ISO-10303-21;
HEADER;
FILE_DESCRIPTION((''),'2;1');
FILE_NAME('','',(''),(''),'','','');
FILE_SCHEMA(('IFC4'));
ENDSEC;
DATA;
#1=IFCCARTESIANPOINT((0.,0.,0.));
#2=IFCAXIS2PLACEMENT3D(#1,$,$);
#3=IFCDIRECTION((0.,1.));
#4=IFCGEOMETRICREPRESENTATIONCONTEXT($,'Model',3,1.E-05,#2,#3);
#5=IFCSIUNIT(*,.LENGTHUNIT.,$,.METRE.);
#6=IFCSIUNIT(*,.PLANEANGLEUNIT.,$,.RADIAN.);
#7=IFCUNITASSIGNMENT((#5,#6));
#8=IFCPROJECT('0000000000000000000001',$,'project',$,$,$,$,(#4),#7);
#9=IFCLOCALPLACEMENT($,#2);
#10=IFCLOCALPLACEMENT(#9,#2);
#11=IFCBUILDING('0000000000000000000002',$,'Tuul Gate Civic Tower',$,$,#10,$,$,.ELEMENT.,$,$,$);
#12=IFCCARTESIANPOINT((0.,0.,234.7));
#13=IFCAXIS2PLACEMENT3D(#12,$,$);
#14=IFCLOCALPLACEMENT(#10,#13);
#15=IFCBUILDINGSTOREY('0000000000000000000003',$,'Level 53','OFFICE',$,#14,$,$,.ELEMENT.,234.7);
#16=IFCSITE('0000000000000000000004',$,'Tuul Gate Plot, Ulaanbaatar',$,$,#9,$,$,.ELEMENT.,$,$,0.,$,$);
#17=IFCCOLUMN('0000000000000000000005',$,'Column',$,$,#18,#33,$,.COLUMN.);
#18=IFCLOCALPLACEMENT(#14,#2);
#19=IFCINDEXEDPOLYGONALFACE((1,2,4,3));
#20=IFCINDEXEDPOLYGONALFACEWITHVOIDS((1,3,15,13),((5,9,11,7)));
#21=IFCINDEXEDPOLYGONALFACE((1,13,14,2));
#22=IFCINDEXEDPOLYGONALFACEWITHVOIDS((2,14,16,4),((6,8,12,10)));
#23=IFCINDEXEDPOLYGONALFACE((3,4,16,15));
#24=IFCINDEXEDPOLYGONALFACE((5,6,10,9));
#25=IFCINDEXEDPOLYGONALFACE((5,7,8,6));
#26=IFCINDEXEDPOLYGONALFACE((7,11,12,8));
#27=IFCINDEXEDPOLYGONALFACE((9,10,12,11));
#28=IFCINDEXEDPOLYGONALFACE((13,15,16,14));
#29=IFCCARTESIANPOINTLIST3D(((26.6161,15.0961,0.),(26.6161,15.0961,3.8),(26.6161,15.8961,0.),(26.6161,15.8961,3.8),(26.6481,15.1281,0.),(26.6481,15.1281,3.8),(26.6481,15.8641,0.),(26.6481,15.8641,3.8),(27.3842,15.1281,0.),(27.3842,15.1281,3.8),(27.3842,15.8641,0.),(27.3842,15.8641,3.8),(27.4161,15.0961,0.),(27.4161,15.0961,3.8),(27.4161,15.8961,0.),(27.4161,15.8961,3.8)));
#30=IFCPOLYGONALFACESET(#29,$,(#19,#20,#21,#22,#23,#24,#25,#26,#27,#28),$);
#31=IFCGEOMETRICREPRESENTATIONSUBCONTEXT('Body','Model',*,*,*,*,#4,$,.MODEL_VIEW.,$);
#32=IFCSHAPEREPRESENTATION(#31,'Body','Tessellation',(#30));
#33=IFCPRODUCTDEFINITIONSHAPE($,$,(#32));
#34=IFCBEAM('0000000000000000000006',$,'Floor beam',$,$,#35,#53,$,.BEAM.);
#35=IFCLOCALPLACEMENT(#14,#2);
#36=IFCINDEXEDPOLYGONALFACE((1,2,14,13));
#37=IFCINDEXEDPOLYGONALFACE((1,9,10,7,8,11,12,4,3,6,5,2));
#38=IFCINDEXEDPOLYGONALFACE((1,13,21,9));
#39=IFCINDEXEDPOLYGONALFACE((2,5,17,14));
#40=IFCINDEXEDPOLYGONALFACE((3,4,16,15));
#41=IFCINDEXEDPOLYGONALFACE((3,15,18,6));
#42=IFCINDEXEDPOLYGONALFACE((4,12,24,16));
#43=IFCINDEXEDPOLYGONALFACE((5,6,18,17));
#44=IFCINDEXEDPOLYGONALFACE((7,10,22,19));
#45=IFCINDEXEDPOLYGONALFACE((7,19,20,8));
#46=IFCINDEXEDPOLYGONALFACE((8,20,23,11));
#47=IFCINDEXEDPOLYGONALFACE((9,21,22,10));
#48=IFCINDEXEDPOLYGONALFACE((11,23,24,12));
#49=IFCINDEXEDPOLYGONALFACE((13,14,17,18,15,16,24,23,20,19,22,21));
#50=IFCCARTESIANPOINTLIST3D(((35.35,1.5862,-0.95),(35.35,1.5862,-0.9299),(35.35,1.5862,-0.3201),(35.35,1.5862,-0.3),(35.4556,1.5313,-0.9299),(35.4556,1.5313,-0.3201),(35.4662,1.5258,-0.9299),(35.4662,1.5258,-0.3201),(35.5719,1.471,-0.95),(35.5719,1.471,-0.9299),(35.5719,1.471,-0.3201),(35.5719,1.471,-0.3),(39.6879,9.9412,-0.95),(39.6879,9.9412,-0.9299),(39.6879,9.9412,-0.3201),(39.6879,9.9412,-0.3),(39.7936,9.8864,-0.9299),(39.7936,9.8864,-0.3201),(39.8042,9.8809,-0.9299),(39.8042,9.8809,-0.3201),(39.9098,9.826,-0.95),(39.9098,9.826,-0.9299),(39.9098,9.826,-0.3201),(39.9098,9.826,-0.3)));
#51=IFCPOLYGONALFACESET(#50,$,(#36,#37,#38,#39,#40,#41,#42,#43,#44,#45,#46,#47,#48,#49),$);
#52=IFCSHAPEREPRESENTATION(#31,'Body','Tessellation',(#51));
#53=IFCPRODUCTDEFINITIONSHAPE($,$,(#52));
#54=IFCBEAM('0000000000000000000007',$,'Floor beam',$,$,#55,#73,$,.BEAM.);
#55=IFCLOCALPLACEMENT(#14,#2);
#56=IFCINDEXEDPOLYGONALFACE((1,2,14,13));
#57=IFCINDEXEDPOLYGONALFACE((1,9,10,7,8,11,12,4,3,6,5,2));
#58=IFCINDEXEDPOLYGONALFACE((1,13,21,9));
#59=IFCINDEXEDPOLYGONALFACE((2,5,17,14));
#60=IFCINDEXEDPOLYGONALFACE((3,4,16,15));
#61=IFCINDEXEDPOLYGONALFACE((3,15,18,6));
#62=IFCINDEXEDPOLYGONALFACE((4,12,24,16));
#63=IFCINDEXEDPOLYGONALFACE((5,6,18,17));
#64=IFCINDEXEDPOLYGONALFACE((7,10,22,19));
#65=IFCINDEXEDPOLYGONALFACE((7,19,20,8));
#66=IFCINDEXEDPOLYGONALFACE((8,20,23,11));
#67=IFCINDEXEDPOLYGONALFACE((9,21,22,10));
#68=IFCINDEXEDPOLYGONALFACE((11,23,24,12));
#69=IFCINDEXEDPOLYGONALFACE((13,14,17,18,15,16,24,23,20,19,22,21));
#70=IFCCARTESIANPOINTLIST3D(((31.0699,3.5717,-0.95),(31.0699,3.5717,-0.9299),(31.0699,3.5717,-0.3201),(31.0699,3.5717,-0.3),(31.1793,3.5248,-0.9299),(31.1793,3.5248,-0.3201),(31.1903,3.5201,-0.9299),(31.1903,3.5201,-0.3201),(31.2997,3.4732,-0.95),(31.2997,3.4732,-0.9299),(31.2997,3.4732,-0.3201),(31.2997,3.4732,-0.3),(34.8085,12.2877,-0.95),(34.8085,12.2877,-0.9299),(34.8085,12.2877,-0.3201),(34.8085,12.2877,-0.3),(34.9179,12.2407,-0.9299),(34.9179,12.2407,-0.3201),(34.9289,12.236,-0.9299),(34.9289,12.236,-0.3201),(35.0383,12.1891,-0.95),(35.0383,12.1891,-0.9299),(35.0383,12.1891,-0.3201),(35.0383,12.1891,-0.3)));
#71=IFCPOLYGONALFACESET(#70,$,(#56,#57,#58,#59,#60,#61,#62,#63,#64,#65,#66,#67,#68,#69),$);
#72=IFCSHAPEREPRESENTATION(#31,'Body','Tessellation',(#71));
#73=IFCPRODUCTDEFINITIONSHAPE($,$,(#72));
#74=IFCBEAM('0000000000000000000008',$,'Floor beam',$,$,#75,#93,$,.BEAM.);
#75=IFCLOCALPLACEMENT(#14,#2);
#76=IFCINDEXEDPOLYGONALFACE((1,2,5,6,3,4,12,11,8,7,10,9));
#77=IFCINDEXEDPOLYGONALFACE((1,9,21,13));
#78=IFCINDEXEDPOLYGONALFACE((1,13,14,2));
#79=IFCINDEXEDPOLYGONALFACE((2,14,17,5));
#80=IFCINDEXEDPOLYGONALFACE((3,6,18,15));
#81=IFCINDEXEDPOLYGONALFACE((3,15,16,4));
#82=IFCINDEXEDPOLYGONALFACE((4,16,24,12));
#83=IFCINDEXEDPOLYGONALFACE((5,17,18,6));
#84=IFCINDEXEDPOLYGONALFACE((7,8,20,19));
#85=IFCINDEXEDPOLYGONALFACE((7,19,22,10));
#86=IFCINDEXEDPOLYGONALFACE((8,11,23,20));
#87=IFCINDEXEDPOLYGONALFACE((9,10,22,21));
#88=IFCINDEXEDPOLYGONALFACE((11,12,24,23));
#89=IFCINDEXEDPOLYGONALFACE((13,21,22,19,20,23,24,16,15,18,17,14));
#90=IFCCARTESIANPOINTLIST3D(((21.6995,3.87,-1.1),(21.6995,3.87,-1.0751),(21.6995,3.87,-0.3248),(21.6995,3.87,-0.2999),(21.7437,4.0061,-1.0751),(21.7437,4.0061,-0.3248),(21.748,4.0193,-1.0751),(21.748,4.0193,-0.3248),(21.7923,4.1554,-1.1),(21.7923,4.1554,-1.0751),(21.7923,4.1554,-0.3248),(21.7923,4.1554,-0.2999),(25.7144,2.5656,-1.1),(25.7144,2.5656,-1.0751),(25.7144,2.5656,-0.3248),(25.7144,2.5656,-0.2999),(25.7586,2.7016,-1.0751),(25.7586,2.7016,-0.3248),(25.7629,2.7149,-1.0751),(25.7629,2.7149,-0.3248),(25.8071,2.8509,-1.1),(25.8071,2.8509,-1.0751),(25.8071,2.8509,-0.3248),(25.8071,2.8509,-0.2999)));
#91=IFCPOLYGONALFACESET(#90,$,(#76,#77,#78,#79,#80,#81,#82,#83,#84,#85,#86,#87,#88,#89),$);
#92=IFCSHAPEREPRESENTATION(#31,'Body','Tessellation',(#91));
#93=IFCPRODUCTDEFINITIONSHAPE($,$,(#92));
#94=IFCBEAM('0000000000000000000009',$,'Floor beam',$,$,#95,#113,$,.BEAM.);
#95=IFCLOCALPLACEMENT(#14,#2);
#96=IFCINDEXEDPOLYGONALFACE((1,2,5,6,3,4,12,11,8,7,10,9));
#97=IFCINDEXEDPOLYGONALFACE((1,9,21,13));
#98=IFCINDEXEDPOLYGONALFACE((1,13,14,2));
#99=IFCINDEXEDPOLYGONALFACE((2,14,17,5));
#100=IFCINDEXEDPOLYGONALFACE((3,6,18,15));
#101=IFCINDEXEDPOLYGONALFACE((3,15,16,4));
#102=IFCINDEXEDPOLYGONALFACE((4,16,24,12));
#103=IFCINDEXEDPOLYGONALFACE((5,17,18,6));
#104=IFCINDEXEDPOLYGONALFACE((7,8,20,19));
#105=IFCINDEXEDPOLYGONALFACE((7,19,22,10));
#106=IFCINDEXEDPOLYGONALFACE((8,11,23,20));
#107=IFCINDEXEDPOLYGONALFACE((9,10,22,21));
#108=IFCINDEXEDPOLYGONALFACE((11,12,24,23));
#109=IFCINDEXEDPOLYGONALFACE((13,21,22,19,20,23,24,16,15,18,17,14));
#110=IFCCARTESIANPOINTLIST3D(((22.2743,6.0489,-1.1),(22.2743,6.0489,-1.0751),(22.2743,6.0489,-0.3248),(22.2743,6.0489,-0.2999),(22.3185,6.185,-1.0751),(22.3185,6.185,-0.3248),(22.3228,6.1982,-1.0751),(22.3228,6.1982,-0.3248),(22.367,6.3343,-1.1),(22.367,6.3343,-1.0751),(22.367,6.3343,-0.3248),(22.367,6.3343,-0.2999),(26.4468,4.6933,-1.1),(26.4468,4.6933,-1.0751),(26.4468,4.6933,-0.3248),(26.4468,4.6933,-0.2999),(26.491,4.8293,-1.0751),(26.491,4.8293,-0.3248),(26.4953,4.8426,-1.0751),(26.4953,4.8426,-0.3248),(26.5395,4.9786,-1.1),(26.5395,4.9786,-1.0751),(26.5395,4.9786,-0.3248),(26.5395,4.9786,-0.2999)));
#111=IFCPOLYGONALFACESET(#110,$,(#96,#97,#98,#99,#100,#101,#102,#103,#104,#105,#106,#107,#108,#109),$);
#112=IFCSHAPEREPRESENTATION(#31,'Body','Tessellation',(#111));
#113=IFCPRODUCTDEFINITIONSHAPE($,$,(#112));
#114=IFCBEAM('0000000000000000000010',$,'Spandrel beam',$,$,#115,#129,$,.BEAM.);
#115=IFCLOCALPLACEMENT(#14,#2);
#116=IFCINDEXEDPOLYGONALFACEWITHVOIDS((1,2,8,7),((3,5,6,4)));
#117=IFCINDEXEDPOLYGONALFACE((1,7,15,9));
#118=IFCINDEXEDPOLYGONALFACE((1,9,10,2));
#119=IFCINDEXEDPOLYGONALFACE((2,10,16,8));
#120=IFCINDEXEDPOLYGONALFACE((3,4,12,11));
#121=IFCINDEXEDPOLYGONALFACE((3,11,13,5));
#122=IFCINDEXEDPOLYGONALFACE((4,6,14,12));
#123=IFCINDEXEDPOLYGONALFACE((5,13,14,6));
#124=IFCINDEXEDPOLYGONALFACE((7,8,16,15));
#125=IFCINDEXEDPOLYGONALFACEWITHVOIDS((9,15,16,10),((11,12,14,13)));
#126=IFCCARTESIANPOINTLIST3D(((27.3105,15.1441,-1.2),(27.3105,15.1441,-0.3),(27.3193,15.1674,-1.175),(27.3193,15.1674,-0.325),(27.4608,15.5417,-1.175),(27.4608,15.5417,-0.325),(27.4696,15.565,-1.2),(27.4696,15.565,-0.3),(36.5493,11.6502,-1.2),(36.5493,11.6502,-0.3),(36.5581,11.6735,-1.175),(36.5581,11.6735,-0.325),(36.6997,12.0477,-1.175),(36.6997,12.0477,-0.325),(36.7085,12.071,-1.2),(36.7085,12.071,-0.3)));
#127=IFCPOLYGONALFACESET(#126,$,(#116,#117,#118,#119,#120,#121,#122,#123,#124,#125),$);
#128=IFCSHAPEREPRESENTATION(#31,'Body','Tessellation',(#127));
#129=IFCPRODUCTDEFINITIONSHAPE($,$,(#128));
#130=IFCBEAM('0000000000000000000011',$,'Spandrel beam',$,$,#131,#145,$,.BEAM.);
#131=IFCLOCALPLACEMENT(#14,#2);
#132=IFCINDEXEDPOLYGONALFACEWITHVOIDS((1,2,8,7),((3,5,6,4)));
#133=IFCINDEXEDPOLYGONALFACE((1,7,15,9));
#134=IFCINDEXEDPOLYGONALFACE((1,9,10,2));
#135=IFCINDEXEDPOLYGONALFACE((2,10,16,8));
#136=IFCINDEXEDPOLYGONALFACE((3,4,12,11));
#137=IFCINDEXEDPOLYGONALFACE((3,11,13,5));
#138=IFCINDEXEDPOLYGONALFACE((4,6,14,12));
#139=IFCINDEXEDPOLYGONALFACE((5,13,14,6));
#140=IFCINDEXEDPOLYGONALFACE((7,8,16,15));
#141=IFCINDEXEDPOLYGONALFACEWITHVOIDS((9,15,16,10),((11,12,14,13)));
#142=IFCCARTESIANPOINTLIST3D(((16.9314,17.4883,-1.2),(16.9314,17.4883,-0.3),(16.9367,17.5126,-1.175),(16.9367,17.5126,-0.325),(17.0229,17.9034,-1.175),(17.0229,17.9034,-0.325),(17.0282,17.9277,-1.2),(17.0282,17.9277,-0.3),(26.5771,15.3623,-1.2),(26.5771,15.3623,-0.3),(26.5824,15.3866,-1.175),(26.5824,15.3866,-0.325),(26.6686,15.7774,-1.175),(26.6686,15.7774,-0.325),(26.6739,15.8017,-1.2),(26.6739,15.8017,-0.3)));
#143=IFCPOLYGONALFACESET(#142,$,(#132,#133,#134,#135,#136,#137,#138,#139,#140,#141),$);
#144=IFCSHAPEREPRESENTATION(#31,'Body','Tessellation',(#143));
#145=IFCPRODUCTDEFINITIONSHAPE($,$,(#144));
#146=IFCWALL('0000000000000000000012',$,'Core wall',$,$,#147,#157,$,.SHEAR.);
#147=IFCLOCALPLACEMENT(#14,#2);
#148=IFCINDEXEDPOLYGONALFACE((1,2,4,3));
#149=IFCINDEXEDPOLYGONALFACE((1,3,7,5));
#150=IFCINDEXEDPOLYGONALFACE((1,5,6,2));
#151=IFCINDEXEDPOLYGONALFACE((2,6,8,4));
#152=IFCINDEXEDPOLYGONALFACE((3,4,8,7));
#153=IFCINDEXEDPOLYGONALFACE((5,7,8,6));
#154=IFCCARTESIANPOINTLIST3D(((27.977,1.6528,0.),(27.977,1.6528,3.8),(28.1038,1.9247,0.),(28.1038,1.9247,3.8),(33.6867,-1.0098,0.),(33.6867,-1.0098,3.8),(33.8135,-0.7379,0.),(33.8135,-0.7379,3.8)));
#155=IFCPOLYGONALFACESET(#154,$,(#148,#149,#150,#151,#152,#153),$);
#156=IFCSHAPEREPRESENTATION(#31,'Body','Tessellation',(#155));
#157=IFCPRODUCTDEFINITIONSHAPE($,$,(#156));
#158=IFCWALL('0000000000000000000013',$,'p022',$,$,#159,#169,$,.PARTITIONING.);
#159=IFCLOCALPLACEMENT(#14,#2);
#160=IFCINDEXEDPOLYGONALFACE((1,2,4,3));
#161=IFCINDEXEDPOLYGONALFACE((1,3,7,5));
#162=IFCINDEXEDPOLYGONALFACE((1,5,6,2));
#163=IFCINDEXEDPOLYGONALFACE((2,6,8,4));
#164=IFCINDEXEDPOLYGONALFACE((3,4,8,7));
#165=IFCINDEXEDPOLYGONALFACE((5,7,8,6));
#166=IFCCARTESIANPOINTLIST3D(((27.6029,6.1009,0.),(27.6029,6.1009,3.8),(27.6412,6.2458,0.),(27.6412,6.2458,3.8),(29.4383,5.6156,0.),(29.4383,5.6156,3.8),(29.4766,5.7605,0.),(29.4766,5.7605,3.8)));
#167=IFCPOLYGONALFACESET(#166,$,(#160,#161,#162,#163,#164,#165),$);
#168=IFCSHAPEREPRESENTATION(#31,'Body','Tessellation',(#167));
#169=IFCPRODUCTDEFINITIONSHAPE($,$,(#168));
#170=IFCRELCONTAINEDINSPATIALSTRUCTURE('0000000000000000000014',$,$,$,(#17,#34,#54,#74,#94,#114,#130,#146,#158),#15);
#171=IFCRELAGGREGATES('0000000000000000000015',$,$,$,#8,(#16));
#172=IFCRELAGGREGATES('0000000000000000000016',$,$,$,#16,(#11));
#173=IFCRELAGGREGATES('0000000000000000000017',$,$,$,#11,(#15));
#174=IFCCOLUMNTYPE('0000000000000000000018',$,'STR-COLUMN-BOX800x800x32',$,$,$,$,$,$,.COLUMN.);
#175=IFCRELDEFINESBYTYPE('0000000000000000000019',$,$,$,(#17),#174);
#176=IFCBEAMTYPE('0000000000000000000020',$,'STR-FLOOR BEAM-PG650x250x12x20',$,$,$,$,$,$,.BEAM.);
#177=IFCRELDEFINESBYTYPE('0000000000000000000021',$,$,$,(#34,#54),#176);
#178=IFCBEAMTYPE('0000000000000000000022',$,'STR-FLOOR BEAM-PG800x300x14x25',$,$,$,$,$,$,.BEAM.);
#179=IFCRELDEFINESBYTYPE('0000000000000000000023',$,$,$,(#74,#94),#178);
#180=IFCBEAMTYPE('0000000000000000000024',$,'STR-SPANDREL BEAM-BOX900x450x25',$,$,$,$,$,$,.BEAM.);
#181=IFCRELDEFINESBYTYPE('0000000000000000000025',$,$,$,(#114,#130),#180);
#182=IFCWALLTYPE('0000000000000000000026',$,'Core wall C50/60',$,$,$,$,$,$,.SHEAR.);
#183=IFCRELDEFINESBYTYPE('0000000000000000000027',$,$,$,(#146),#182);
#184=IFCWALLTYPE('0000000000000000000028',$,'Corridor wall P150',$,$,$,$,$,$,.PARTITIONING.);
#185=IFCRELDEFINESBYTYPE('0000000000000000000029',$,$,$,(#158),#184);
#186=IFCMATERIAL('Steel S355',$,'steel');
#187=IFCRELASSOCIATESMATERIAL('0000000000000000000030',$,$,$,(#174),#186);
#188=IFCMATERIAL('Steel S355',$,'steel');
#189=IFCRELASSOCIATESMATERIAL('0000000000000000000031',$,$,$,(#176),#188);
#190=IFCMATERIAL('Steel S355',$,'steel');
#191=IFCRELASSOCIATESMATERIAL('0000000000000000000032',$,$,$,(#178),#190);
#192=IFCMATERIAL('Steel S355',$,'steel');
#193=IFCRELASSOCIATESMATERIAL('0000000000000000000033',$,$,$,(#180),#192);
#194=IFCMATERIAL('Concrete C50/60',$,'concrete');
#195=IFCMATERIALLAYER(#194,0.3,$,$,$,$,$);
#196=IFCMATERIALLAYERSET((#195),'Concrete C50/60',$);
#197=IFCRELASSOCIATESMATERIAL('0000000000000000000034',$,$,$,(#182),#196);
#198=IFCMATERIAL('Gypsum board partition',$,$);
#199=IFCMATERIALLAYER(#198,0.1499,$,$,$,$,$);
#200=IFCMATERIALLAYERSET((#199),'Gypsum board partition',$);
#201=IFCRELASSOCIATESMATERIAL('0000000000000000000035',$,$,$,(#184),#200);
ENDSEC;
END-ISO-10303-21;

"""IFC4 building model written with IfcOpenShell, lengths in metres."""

from ifc_helpers import new_model, si_unit, direction, frame, frame_2d, origin, origin_2d, place, context, subcontext, project, spatial, rectangle, hollow_rectangle, i_section, extrude, material, layer, layer_set, material_profile, profile_set, type_object, element, save


model = new_model("IFC4")

# Units and contexts
model_context = context("Model", 3, precision=1e-05, world=origin(), true_north=direction((0.0, 1.0)))
body_context = subcontext(model_context, "Body", "Model", "MODEL_VIEW")
ifc_project = project(units=[si_unit("LENGTHUNIT", "METRE"), si_unit("PLANEANGLEUNIT", "RADIAN")], contexts=[model_context])

# Site, building, storey
site_placement = place(None, origin())
site = spatial("IfcSite", under=ifc_project, at=site_placement, Name="Tuul Gate Plot, Ulaanbaatar", CompositionType="ELEMENT", RefElevation=0.0)
building_placement = place(site_placement, origin())
building = spatial("IfcBuilding", under=site, at=building_placement, Name="Tuul Gate Civic Tower", CompositionType="ELEMENT")
storey_placement = place(building_placement, frame((0.0, 0.0, 234.7)))
storey = spatial("IfcBuildingStorey", under=building, at=storey_placement, Name="Level 53", Description="OFFICE", CompositionType="ELEMENT", Elevation=234.7)

# Column
ifc_material_1 = material(Name="Steel S355", Category="steel")
ifc_material_profile_1 = material_profile(ifc_material_1, hollow_rectangle(XDim=0.8, YDim=0.8, WallThickness=0.032, at=origin_2d()), Name="BOX800x800x32")
ifc_profile_set_1 = profile_set([ifc_material_profile_1], Name="Steel S355")
column_type = type_object("IfcColumnType", Name="STR-COLUMN-BOX800x800x32", PredefinedType="COLUMN", material=ifc_profile_set_1)
column_placement = place(storey_placement, frame((27.0161, 15.4961, 0.0), z_axis=(0.0, 0.0, 1.0), x_axis=(1.0, 0.0, 0.0)))
element("IfcColumn", 1, at=column_placement, inside=storey, type_object=column_type, Name="Column", PredefinedType="COLUMN", context=body_context, shape_type="SweptSolid", body=[
    extrude(hollow_rectangle(XDim=0.8, YDim=0.8, WallThickness=0.032, at=origin_2d()), origin(), (0.0, 0.0, 1.0), 3.8),
])

# Beams
ifc_material_2 = material(Name="Steel S355", Category="steel")
ifc_material_profile_2 = material_profile(ifc_material_2, i_section(OverallWidth=0.25, OverallDepth=0.6499, WebThickness=0.012, FlangeThickness=0.02, at=origin_2d()), Name="PG650x250x12x20")
ifc_profile_set_2 = profile_set([ifc_material_profile_2], Name="Steel S355")
beam_type_1 = type_object("IfcBeamType", Name="STR-FLOOR BEAM-PG650x250x12x20", PredefinedType="BEAM", material=ifc_profile_set_2)
beam_1_placement = place(storey_placement, frame((35.4609, 1.5286, -0.625), z_axis=(0.460792, 0.887508, 0.0), x_axis=(-0.887508, 0.460792, 0.0)))
element("IfcBeam", 2, at=beam_1_placement, inside=storey, type_object=beam_type_1, Name="Floor beam", PredefinedType="BEAM", context=body_context, shape_type="SweptSolid", body=[
    extrude(i_section(OverallWidth=0.25, OverallDepth=0.6499, WebThickness=0.012, FlangeThickness=0.02, at=origin_2d()), origin(), (0.0, 0.0, 1.0), 9.4141),
])
beam_2_placement = place(storey_placement, frame((31.1848, 3.5225, -0.625), z_axis=(0.394202, 0.919024, 0.0), x_axis=(-0.919024, 0.394202, 0.0)))
element("IfcBeam", 3, at=beam_2_placement, inside=storey, type_object=beam_type_1, Name="Floor beam", PredefinedType="BEAM", context=body_context, shape_type="SweptSolid", body=[
    extrude(i_section(OverallWidth=0.25, OverallDepth=0.6499, WebThickness=0.012, FlangeThickness=0.02, at=origin_2d()), origin(), (0.0, 0.0, 1.0), 9.4839),
])
ifc_material_3 = material(Name="Steel S355", Category="steel")
ifc_material_profile_3 = material_profile(ifc_material_3, i_section(OverallWidth=0.3, OverallDepth=0.8, WebThickness=0.0139, FlangeThickness=0.0249, at=origin_2d()), Name="PG800x300x14x25")
ifc_profile_set_3 = profile_set([ifc_material_profile_3], Name="Steel S355")
beam_type_2 = type_object("IfcBeamType", Name="STR-FLOOR BEAM-PG800x300x14x25", PredefinedType="BEAM", material=ifc_profile_set_3)
beam_3_placement = place(storey_placement, frame((25.7607, 2.7083, -0.7), z_axis=(-0.951062, 0.309001, 0.0), x_axis=(-0.309001, -0.951062, 0.0)))
element("IfcBeam", 4, at=beam_3_placement, inside=storey, type_object=beam_type_2, Name="Floor beam", PredefinedType="BEAM", context=body_context, shape_type="SweptSolid", body=[
    extrude(i_section(OverallWidth=0.3, OverallDepth=0.8, WebThickness=0.0139, FlangeThickness=0.0249, at=origin_2d()), origin(), (0.0, 0.0, 1.0), 4.2214),
])
beam_4_placement = place(storey_placement, frame((26.4932, 4.8359, -0.7), z_axis=(-0.95106, 0.309007, 0.0), x_axis=(-0.309007, -0.95106, 0.0)))
element("IfcBeam", 5, at=beam_4_placement, inside=storey, type_object=beam_type_2, Name="Floor beam", PredefinedType="BEAM", context=body_context, shape_type="SweptSolid", body=[
    extrude(i_section(OverallWidth=0.3, OverallDepth=0.8, WebThickness=0.0139, FlangeThickness=0.0249, at=origin_2d()), origin(), (0.0, 0.0, 1.0), 4.3872),
])
ifc_material_4 = material(Name="Steel S355", Category="steel")
ifc_material_profile_4 = material_profile(ifc_material_4, hollow_rectangle(XDim=0.45, YDim=0.8999, WallThickness=0.0249, at=origin_2d()), Name="BOX900x450x25")
ifc_profile_set_4 = profile_set([ifc_material_profile_4], Name="Steel S355")
beam_type_3 = type_object("IfcBeamType", Name="STR-SPANDREL BEAM-BOX900x450x25", PredefinedType="BEAM", material=ifc_profile_set_4)
beam_5_placement = place(storey_placement, frame((36.6289, 11.8606, -0.75), z_axis=(-0.935348, 0.353728, 0.0), x_axis=(-0.353728, -0.935348, 0.0)))
element("IfcBeam", 6, at=beam_5_placement, inside=storey, type_object=beam_type_3, Name="Spandrel beam", PredefinedType="BEAM", context=body_context, shape_type="SweptSolid", body=[
    extrude(hollow_rectangle(XDim=0.45, YDim=0.8999, WallThickness=0.0249, at=origin_2d()), origin(), (0.0, 0.0, 1.0), 9.8774),
])
beam_6_placement = place(storey_placement, frame((26.6255, 15.582, -0.75), z_axis=(-0.976561, 0.215239, 0.0), x_axis=(-0.215239, -0.976561, 0.0)))
element("IfcBeam", 7, at=beam_6_placement, inside=storey, type_object=beam_type_3, Name="Spandrel beam", PredefinedType="BEAM", context=body_context, shape_type="SweptSolid", body=[
    extrude(hollow_rectangle(XDim=0.45, YDim=0.8999, WallThickness=0.0249, at=origin_2d()), origin(), (0.0, 0.0, 1.0), 9.8772),
])

# Walls
ifc_material_5 = material(Name="Concrete C50/60", Category="concrete")
ifc_layer_1 = layer(ifc_material_5, 0.3)
ifc_layer_set_1 = layer_set([ifc_layer_1], Name="Concrete C50/60")
wall_type_1 = type_object("IfcWallType", Name="Core wall C50/60", PredefinedType="SHEAR", material=ifc_layer_set_1)
wall_1_placement = place(storey_placement, frame((33.75, -0.8738, 0.0), z_axis=(0.0, 0.0, 1.0), x_axis=(-0.906301, 0.422633, 0.0)))
element("IfcWall", 8, at=wall_1_placement, inside=storey, type_object=wall_type_1, Name="Core wall", PredefinedType="SHEAR", context=body_context, shape_type="SweptSolid", body=[
    extrude(rectangle(XDim=6.3, YDim=0.3, at=frame_2d((3.1499, 0.0))), origin(), (0.0, 0.0, 1.0), 3.8),
])
ifc_material_6 = material(Name="Gypsum board partition")
ifc_layer_2 = layer(ifc_material_6, 0.1499)
ifc_layer_set_2 = layer_set([ifc_layer_2], Name="Gypsum board partition")
wall_type_2 = type_object("IfcWallType", Name="Corridor wall P150", PredefinedType="PARTITIONING", material=ifc_layer_set_2)
wall_2_placement = place(storey_placement, frame((27.6221, 6.1733, 0.0), z_axis=(0.0, 0.0, 1.0), x_axis=(0.966771, -0.255645, 0.0)))
element("IfcWall", 9, at=wall_2_placement, inside=storey, type_object=wall_type_2, Name="p022", PredefinedType="PARTITIONING", context=body_context, shape_type="SweptSolid", body=[
    extrude(rectangle(XDim=1.8984, YDim=0.1499, at=frame_2d((0.9492, 0.0))), origin(), (0.0, 0.0, 1.0), 3.8),
])

save(model, "model.ifc")
